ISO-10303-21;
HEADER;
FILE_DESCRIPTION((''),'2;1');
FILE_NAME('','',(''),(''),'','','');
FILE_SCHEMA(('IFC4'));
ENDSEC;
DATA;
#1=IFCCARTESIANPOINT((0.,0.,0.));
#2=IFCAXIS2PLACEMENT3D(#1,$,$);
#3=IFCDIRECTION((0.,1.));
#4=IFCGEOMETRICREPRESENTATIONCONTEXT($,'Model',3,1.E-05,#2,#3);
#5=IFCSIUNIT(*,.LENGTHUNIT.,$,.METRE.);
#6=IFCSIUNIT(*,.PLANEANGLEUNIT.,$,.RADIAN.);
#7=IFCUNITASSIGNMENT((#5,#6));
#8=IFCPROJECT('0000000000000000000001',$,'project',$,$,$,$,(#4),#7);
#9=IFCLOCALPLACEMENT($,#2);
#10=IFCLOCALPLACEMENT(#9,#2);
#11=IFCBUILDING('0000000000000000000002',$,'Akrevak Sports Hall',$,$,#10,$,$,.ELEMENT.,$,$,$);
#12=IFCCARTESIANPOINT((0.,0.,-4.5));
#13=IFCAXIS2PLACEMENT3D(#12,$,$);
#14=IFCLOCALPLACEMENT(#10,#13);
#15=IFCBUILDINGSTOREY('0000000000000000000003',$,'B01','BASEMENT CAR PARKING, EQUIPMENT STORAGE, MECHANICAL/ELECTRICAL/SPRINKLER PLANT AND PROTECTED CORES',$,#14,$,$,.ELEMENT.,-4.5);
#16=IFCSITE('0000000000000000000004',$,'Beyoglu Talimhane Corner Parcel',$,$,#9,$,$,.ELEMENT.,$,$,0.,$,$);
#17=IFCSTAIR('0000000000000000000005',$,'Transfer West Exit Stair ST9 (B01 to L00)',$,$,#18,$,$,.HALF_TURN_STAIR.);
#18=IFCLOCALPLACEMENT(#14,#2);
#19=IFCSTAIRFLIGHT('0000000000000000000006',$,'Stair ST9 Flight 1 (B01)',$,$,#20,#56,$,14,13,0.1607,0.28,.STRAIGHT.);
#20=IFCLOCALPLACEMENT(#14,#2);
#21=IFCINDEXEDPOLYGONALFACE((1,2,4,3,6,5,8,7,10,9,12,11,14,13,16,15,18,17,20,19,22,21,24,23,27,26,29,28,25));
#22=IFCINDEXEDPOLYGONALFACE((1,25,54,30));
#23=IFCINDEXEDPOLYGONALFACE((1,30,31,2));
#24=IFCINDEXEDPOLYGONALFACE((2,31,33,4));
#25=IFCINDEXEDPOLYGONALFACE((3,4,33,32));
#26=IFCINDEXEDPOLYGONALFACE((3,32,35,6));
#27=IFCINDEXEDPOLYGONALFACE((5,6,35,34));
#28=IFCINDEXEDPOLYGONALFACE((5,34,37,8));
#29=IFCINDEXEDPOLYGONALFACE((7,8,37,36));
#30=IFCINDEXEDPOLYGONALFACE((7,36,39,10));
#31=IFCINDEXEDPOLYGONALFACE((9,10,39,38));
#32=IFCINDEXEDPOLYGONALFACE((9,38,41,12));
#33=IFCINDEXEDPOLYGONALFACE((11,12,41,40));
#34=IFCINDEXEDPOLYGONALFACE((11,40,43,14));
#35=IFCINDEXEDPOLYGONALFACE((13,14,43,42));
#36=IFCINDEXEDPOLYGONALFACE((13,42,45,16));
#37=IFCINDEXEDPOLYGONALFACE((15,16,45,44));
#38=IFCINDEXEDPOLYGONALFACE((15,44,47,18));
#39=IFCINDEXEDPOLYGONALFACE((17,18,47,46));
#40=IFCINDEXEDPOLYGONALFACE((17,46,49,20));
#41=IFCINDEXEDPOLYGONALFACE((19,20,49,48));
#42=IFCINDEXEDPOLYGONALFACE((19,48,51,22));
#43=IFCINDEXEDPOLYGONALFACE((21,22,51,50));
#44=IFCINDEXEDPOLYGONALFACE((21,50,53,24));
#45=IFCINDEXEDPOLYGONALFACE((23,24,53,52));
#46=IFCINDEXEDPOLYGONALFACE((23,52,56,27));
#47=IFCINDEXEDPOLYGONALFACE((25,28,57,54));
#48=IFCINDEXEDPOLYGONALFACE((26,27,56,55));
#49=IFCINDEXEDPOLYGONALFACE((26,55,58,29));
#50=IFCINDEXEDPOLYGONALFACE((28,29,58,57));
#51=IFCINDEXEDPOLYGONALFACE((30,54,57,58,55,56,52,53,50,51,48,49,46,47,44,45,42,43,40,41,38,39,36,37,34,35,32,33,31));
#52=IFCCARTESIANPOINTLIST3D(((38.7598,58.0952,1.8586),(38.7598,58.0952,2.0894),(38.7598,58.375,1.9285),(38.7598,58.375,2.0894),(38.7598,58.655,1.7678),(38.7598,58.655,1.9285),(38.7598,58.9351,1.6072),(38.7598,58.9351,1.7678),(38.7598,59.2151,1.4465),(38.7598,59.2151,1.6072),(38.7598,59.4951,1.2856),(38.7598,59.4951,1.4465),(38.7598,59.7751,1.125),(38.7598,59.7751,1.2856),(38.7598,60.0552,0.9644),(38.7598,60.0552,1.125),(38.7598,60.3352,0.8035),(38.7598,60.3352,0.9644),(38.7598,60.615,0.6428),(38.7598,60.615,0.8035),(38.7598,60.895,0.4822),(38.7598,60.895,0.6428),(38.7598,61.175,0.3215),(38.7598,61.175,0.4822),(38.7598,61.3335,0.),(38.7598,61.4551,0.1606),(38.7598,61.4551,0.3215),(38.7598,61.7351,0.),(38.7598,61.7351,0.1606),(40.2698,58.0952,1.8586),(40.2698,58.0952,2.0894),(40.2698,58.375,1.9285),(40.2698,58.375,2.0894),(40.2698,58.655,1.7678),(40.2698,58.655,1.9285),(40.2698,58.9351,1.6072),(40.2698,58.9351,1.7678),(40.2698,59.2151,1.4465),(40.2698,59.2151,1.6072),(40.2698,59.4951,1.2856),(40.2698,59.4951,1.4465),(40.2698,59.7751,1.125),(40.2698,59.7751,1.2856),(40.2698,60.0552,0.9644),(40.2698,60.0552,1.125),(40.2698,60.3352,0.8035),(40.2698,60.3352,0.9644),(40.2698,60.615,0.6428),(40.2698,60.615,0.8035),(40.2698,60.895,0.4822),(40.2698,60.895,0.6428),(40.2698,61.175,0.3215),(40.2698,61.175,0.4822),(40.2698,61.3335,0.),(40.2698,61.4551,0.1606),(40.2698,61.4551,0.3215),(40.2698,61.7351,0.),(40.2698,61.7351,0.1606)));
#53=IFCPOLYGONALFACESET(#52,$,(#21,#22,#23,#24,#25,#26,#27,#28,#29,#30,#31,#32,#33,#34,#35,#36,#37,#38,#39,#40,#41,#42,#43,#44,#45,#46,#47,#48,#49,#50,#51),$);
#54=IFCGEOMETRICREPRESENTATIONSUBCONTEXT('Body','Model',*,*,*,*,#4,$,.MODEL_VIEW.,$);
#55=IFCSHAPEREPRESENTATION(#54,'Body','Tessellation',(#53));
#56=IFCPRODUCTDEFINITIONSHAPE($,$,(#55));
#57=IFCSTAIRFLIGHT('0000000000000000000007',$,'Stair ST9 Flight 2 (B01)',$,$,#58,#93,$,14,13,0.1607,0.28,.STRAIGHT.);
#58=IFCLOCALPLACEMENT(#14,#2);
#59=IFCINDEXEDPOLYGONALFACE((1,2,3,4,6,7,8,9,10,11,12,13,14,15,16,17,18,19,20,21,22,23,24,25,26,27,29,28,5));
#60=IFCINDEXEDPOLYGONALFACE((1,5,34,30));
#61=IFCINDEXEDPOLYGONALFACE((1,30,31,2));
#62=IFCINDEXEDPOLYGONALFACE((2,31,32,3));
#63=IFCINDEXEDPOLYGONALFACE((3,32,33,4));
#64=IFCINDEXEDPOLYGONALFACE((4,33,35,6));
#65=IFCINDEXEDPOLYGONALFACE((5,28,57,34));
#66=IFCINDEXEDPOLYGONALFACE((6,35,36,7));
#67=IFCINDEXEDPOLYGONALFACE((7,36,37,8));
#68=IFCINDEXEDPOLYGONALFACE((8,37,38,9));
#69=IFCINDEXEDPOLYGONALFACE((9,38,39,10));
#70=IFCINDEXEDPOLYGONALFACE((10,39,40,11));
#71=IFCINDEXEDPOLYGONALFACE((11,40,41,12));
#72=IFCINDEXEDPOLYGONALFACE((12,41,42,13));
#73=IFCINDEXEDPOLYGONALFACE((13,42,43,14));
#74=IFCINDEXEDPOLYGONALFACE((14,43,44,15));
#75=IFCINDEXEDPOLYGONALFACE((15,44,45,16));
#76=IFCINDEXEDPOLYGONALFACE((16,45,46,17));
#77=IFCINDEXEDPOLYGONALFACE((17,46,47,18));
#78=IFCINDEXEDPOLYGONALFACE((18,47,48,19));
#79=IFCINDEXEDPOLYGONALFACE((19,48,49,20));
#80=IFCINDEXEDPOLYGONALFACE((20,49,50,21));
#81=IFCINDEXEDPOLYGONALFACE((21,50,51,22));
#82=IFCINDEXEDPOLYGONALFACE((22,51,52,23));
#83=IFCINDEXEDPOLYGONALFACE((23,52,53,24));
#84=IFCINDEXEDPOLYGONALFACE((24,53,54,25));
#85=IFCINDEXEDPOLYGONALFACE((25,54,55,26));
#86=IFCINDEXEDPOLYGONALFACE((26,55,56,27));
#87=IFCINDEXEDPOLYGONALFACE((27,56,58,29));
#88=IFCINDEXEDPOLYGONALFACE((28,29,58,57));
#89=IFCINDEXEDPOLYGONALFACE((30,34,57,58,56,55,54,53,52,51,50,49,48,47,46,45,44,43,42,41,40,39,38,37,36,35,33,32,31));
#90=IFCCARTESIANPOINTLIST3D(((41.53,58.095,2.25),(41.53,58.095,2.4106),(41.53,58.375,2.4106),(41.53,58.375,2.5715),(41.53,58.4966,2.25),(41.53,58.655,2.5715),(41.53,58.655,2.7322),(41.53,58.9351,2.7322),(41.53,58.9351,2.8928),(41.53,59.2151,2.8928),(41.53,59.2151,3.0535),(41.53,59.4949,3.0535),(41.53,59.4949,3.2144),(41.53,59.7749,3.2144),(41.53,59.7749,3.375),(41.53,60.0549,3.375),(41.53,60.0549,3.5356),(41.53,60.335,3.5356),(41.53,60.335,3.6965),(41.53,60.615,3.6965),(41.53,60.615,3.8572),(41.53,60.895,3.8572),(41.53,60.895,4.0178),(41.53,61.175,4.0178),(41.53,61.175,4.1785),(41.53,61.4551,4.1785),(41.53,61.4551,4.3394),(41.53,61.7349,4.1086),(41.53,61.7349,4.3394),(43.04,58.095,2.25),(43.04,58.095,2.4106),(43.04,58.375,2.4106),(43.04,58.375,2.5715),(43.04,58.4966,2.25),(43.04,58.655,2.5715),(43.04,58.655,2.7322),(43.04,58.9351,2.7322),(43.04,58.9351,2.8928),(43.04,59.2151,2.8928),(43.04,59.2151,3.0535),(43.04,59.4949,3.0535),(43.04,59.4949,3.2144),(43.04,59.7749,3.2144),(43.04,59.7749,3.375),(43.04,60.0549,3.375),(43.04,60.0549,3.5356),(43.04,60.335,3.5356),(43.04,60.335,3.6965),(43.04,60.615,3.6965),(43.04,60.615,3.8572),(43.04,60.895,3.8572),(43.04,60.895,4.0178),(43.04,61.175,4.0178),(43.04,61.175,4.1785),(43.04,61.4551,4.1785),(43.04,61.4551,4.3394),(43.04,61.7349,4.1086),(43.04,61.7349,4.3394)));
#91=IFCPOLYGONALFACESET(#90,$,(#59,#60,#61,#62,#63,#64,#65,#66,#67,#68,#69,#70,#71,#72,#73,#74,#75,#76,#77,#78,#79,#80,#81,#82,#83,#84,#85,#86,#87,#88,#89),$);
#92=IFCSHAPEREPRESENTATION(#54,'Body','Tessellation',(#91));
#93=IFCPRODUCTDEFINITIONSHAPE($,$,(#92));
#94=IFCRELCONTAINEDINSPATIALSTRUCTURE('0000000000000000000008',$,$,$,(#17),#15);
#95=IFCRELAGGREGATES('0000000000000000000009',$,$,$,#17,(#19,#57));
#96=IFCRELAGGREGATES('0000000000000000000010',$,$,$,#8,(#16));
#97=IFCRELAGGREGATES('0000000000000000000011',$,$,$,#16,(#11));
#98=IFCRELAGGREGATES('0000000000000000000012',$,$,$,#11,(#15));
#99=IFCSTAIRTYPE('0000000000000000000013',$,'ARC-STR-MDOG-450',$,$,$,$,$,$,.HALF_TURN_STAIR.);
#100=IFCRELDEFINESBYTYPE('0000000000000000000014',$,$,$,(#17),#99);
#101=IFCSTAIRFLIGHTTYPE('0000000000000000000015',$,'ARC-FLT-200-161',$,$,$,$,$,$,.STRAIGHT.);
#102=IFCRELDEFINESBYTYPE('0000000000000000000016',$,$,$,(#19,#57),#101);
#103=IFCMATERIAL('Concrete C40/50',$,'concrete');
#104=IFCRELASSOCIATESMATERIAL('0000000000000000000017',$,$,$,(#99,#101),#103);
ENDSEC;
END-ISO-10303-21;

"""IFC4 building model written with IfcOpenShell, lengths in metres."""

from ifc_helpers import new_model, si_unit, direction, frame, origin, place, context, subcontext, project, spatial, polyline, outline, extrude, material, type_object, element, aggregate, save


model = new_model("IFC4")

# Units and contexts
model_context = context("Model", 3, precision=1e-05, world=origin(), true_north=direction((0.0, 1.0)))
body_context = subcontext(model_context, "Body", "Model", "MODEL_VIEW")
ifc_project = project(units=[si_unit("LENGTHUNIT", "METRE"), si_unit("PLANEANGLEUNIT", "RADIAN")], contexts=[model_context])

# Site, building, storey
site_placement = place(None, origin())
site = spatial("IfcSite", under=ifc_project, at=site_placement, Name="Beyoglu Talimhane Corner Parcel", CompositionType="ELEMENT", RefElevation=0.0)
building_placement = place(site_placement, origin())
building = spatial("IfcBuilding", under=site, at=building_placement, Name="Akrevak Sports Hall", CompositionType="ELEMENT")
storey_placement = place(building_placement, frame((0.0, 0.0, -4.5)))
storey = spatial("IfcBuildingStorey", under=building, at=storey_placement, Name="B01", Description="BASEMENT CAR PARKING, EQUIPMENT STORAGE, MECHANICAL/ELECTRICAL/SPRINKLER PLANT AND PROTECTED CORES", CompositionType="ELEMENT", Elevation=-4.5)

# Shared definitions
ifc_material_1 = material(Name="Concrete C40/50", Category="concrete")

# Stair, stair flights
stair_type = type_object("IfcStairType", Name="ARC-STR-MDOG-450", PredefinedType="HALF_TURN_STAIR", material=ifc_material_1)
stair_placement = place(storey_placement, origin())
stair = element("IfcStair", 1, at=stair_placement, inside=storey, type_object=stair_type, Name="Transfer West Exit Stair ST9 (B01 to L00)", PredefinedType="HALF_TURN_STAIR")
stair_flight_type = type_object("IfcStairFlightType", Name="ARC-FLT-200-161", PredefinedType="STRAIGHT", material=ifc_material_1)
stair_flight_1_placement = place(storey_placement, frame((39.5149, 61.7351, 0.0), z_axis=(0.0, 0.0, 1.0), x_axis=(0.0, -1.0, 0.0)))
stair_flight_1 = element("IfcStairFlight", 2, at=stair_flight_1_placement, type_object=stair_flight_type, Name="Stair ST9 Flight 1 (B01)", NumberOfRisers=14, NumberOfTreads=13, PredefinedType="STRAIGHT", RiserHeight=0.1607, TreadLength=0.28, context=body_context, shape_type="SweptSolid", body=[
    extrude(outline(polyline([(0.0, 0.0), (0.0, 0.1606), (0.28, 0.1606), (0.28, 0.3215), (0.5601, 0.3215), (0.5601, 0.4822), (0.8401, 0.4822), (0.8401, 0.6428), (1.1201, 0.6428), (1.1201, 0.8035), (1.3999, 0.8035), (1.3999, 0.9644), (1.6799, 0.9644), (1.6799, 1.125), (1.96, 1.125), (1.96, 1.2856), (2.24, 1.2856), (2.24, 1.4465), (2.52, 1.4465), (2.52, 1.6072), (2.8, 1.6072), (2.8, 1.7678), (3.0801, 1.7678), (3.0801, 1.9285), (3.3601, 1.9285), (3.3601, 2.0894), (3.6399, 2.0894), (3.6399, 2.25), (3.6399, 1.8586), (0.4016, 0.0), (0.0, 0.0)])), frame((0.0, 0.7549, 0.0), z_axis=(0.0, -1.0, 0.0), x_axis=(1.0, 0.0, 0.0)), (0.0, 0.0, 1.0), 1.51),
])
stair_flight_2_placement = place(storey_placement, frame((42.2849, 58.095, 2.25), z_axis=(0.0, 0.0, 1.0), x_axis=(0.0, 1.0, 0.0)))
stair_flight_2 = element("IfcStairFlight", 3, at=stair_flight_2_placement, type_object=stair_flight_type, Name="Stair ST9 Flight 2 (B01)", NumberOfRisers=14, NumberOfTreads=13, PredefinedType="STRAIGHT", RiserHeight=0.1607, TreadLength=0.28, context=body_context, shape_type="SweptSolid", body=[
    extrude(outline(polyline([(0.0, 0.0), (0.0, 0.1606), (0.28, 0.1606), (0.28, 0.3215), (0.5601, 0.3215), (0.5601, 0.4822), (0.8401, 0.4822), (0.8401, 0.6428), (1.1201, 0.6428), (1.1201, 0.8035), (1.3999, 0.8035), (1.3999, 0.9644), (1.6799, 0.9644), (1.6799, 1.125), (1.96, 1.125), (1.96, 1.2856), (2.24, 1.2856), (2.24, 1.4465), (2.52, 1.4465), (2.52, 1.6072), (2.8, 1.6072), (2.8, 1.7678), (3.0801, 1.7678), (3.0801, 1.9285), (3.3601, 1.9285), (3.3601, 2.0894), (3.6399, 2.0894), (3.6399, 2.25), (3.6399, 1.8586), (0.4016, 0.0), (0.0, 0.0)])), frame((0.0, 0.7549, 0.0), z_axis=(0.0, -1.0, 0.0), x_axis=(1.0, 0.0, 0.0)), (0.0, 0.0, 1.0), 1.51),
])
aggregate(stair, [stair_flight_1, stair_flight_2])

save(model, "model.ifc")
